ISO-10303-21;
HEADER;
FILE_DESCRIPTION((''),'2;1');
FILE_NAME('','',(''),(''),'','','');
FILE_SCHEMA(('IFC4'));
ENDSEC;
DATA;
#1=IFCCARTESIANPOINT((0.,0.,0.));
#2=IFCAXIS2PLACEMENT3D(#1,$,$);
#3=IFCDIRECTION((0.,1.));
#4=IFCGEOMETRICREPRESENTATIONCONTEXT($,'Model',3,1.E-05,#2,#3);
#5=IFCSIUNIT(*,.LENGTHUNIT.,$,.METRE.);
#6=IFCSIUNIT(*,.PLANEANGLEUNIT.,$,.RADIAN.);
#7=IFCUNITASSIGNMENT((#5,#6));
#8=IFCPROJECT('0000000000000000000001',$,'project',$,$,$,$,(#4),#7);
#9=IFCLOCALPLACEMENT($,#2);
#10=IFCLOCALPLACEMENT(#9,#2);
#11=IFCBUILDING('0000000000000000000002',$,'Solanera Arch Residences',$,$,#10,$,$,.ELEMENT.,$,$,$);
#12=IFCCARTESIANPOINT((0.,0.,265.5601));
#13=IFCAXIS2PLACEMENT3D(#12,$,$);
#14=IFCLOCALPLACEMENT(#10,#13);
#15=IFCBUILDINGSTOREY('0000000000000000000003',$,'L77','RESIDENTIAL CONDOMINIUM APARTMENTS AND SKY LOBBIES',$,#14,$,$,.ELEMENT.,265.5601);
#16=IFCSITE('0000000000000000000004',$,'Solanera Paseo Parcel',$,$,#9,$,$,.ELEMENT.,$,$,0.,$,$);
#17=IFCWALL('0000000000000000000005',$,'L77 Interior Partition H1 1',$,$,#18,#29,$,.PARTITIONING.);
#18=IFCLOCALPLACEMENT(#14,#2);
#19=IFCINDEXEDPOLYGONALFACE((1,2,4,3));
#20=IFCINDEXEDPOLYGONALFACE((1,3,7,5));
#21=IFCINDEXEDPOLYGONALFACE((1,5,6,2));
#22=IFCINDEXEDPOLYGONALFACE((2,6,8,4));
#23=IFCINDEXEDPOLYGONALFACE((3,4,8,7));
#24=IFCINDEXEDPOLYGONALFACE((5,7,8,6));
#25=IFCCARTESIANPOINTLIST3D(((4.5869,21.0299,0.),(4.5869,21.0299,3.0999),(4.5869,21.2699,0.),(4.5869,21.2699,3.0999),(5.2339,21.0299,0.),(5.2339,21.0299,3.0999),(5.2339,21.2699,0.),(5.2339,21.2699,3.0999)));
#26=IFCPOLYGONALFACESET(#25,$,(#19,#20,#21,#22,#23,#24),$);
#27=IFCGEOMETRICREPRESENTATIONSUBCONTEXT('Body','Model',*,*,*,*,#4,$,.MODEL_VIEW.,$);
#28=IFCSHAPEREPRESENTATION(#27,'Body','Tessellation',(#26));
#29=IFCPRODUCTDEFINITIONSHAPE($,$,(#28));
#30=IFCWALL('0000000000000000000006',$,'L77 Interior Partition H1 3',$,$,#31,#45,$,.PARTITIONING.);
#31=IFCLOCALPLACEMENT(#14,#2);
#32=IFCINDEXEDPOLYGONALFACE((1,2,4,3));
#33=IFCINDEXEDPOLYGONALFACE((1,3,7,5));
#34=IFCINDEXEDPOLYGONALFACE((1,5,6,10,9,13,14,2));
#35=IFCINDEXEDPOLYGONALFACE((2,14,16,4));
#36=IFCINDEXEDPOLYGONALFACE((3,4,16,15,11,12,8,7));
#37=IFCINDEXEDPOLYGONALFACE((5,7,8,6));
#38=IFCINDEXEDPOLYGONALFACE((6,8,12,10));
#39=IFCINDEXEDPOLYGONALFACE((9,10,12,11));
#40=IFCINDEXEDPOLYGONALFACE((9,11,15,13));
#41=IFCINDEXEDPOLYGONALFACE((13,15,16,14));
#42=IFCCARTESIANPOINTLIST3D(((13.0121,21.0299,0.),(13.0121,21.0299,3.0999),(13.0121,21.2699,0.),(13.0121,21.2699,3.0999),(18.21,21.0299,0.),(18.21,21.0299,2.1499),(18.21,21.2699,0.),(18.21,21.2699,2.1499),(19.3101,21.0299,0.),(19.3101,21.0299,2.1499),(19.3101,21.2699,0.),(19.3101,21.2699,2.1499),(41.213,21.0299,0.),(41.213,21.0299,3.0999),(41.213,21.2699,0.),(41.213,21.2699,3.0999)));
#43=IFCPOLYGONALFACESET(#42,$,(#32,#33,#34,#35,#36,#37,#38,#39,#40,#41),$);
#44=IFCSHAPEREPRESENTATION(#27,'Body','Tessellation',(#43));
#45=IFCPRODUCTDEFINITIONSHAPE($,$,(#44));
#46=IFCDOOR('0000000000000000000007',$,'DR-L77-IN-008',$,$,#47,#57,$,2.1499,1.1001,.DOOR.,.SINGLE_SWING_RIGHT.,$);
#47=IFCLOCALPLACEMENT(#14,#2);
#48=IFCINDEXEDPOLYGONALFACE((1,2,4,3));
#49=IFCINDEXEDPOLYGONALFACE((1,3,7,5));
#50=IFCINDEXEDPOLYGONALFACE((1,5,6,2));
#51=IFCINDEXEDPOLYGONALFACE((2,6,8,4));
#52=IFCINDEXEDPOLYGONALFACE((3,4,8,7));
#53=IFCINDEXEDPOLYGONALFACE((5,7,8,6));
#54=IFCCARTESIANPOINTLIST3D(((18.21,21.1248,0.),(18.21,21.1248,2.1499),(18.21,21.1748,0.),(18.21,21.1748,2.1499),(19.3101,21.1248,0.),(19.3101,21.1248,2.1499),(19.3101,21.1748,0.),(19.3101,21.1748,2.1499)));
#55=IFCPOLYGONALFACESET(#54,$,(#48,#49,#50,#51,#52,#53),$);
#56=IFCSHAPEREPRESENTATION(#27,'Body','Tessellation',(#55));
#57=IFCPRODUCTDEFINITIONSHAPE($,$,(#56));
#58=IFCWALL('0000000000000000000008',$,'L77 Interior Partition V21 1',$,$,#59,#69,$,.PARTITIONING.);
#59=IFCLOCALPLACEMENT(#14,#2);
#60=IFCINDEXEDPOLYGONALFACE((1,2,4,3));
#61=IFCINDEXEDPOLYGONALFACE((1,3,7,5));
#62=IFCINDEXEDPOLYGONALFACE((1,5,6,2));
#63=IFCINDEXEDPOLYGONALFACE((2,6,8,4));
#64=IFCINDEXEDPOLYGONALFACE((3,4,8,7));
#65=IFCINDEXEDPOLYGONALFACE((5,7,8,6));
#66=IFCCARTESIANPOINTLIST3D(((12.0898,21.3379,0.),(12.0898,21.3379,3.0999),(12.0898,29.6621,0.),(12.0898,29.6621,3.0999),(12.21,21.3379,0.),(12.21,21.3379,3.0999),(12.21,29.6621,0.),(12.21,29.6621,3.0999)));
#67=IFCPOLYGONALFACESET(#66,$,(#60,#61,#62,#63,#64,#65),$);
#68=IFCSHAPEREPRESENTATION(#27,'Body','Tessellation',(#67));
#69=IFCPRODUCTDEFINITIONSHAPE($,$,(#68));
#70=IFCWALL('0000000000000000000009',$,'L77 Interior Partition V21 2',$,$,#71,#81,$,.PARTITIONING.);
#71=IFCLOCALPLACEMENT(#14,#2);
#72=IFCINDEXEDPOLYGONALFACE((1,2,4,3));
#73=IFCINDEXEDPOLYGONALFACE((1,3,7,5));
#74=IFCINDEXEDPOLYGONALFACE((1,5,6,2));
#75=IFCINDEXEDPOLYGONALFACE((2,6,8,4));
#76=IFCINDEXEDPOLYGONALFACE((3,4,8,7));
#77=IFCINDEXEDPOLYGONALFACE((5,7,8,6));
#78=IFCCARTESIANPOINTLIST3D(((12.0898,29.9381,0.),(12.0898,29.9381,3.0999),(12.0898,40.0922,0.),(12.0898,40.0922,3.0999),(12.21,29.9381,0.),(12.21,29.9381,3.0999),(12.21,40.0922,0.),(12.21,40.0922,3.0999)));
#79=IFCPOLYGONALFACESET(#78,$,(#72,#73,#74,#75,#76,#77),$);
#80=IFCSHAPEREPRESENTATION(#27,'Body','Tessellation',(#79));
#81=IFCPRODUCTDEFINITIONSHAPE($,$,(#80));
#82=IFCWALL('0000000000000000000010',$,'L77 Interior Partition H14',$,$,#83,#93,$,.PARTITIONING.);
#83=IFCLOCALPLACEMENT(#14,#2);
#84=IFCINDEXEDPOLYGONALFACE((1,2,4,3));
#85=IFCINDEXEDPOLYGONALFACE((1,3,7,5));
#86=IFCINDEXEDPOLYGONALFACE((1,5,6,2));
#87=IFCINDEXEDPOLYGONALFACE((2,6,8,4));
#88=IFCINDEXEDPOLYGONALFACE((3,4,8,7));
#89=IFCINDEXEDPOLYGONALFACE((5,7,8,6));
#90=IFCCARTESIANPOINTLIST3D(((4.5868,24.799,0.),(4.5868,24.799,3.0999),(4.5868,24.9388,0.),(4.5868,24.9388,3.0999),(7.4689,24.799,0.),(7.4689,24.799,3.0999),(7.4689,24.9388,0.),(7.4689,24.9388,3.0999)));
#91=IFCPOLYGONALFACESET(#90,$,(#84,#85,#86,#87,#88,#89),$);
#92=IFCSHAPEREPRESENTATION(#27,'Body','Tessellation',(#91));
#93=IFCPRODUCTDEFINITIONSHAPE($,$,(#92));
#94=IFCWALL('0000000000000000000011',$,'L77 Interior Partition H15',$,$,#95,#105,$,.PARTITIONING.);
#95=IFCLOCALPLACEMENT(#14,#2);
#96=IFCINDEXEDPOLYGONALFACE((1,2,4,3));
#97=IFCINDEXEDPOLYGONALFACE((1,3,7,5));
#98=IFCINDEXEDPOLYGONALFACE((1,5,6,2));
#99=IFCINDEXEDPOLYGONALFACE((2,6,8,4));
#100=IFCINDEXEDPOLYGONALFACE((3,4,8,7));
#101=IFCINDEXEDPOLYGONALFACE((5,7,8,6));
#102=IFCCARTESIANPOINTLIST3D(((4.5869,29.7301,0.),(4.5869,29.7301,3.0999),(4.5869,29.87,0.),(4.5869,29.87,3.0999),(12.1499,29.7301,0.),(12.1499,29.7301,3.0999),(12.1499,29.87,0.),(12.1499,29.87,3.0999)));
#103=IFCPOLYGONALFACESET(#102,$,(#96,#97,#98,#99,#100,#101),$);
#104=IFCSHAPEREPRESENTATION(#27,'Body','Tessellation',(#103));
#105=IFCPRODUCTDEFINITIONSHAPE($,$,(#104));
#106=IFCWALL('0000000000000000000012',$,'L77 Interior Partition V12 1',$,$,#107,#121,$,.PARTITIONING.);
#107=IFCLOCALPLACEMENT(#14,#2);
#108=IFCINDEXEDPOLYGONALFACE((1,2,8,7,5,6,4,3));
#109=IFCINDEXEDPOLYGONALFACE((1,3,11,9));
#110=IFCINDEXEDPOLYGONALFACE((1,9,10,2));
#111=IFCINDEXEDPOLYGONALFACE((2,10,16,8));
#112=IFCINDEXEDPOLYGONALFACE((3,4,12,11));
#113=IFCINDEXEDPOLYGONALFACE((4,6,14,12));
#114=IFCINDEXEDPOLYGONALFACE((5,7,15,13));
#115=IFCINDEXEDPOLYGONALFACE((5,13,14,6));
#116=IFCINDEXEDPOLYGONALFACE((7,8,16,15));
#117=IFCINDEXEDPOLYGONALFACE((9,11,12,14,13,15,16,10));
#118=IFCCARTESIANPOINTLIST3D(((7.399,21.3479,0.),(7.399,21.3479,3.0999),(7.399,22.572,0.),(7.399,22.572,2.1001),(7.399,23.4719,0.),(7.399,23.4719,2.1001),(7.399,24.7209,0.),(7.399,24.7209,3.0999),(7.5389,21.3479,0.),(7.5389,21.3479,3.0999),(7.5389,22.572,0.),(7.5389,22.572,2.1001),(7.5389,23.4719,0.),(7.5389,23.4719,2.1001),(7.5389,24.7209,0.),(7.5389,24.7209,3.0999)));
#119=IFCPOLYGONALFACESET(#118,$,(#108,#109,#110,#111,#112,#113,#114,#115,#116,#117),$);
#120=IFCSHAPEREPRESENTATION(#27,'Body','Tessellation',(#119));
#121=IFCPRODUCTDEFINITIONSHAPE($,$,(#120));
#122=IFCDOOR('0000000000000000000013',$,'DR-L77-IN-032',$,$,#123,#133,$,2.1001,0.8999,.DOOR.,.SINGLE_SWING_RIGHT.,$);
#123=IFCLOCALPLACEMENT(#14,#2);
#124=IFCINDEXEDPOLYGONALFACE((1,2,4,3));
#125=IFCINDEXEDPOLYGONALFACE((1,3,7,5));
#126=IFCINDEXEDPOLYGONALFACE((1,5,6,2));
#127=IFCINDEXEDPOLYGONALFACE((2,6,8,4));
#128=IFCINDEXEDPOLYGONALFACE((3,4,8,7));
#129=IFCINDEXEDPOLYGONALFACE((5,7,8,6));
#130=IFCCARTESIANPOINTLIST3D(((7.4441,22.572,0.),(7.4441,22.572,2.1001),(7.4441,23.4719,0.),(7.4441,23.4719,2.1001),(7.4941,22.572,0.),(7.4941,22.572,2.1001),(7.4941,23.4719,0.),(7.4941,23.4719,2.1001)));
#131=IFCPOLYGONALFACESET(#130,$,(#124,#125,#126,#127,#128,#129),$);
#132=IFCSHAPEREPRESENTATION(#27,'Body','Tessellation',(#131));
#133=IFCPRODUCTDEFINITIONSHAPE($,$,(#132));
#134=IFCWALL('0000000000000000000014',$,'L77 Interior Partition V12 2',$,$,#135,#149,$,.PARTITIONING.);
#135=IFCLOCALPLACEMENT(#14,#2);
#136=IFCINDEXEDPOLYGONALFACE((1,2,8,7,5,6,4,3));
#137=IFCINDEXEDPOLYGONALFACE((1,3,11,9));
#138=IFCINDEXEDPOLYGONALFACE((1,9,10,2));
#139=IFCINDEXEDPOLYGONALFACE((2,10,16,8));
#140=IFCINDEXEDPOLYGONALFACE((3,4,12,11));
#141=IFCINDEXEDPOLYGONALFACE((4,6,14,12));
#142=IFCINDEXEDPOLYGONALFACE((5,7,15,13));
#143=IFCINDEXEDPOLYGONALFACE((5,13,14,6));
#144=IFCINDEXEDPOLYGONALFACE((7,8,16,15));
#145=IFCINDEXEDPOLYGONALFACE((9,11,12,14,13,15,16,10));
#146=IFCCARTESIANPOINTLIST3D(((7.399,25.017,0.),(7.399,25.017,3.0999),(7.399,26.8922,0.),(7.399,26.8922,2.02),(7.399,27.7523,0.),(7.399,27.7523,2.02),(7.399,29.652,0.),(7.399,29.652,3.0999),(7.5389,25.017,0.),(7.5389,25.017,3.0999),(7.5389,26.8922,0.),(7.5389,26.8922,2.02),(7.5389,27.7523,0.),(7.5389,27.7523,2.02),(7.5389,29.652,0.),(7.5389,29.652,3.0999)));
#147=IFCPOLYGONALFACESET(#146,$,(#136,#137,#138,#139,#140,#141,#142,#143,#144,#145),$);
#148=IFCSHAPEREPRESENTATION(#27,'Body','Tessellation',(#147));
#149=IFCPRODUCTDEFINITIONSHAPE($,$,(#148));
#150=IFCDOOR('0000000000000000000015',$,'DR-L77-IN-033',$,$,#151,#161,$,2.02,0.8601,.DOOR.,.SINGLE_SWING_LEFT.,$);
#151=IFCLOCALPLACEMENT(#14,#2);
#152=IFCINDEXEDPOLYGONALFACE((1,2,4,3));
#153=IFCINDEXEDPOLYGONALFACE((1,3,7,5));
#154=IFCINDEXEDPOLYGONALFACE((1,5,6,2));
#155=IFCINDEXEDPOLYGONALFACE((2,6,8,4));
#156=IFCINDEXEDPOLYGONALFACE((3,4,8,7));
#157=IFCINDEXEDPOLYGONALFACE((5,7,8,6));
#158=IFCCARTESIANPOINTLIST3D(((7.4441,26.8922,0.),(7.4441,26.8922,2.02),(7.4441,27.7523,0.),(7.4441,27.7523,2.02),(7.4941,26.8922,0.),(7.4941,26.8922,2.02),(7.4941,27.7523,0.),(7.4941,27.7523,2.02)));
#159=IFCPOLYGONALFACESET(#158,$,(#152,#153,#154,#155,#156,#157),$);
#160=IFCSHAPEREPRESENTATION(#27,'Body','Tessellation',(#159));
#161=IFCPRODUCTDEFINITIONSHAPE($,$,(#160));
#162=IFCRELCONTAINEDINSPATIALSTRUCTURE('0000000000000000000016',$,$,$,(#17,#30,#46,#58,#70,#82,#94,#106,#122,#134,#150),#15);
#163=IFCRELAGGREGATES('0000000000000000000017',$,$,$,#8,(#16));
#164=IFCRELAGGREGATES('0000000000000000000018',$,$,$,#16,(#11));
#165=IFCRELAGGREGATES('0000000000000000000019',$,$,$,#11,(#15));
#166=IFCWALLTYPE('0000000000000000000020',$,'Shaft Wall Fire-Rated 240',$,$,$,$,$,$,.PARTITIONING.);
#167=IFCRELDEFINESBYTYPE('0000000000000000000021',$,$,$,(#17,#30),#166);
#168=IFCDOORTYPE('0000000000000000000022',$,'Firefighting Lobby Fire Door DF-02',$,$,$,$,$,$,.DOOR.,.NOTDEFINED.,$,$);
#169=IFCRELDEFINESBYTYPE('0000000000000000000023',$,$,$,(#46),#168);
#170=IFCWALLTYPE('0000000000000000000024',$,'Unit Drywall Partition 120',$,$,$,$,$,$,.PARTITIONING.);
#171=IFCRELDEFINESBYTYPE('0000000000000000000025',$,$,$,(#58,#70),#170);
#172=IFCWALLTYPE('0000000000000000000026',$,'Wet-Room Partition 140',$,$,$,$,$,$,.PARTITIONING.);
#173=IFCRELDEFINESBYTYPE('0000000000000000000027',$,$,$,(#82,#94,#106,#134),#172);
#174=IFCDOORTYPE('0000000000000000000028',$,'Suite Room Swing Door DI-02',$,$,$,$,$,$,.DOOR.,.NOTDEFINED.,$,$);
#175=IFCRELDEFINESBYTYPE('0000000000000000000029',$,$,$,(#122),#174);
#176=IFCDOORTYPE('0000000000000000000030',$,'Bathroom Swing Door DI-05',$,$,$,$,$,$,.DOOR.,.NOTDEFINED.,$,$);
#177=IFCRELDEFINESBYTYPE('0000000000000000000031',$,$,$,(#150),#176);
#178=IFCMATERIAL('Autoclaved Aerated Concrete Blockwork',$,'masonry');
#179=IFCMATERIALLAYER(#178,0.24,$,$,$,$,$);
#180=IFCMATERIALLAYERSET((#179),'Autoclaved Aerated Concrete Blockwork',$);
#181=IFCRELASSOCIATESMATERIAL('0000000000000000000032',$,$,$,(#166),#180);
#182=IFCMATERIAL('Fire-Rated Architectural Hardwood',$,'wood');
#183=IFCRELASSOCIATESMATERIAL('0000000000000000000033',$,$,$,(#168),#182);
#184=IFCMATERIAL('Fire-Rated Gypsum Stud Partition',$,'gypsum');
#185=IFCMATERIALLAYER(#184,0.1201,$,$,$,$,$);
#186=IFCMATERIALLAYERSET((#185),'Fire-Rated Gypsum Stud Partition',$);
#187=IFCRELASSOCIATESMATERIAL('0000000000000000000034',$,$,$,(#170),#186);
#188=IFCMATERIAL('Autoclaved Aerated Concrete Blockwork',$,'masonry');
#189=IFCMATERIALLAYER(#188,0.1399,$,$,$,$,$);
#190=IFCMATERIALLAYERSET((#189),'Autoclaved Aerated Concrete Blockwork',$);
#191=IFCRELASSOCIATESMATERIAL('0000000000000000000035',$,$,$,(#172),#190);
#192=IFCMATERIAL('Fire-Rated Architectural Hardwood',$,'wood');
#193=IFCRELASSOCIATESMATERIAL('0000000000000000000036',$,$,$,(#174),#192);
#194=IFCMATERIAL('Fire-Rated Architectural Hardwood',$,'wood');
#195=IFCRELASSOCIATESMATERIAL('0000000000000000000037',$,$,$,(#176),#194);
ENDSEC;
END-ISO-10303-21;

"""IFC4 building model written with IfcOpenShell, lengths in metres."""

from ifc_helpers import new_model, si_unit, direction, frame, frame_2d, origin, place, context, subcontext, project, spatial, rectangle, extrude, material, layer, layer_set, type_object, element, fill, save


model = new_model("IFC4")

# Units and contexts
model_context = context("Model", 3, precision=1e-05, world=origin(), true_north=direction((0.0, 1.0)))
body_context = subcontext(model_context, "Body", "Model", "MODEL_VIEW")
ifc_project = project(units=[si_unit("LENGTHUNIT", "METRE"), si_unit("PLANEANGLEUNIT", "RADIAN")], contexts=[model_context])

# Site, building, storey
site_placement = place(None, origin())
site = spatial("IfcSite", under=ifc_project, at=site_placement, Name="Solanera Paseo Parcel", CompositionType="ELEMENT", RefElevation=0.0)
building_placement = place(site_placement, origin())
building = spatial("IfcBuilding", under=site, at=building_placement, Name="Solanera Arch Residences", CompositionType="ELEMENT")
storey_placement = place(building_placement, frame((0.0, 0.0, 265.5601)))
storey = spatial("IfcBuildingStorey", under=building, at=storey_placement, Name="L77", Description="RESIDENTIAL CONDOMINIUM APARTMENTS AND SKY LOBBIES", CompositionType="ELEMENT", Elevation=265.5601)

# Wall
ifc_material_1 = material(Name="Autoclaved Aerated Concrete Blockwork", Category="masonry")
ifc_layer_1 = layer(ifc_material_1, 0.24)
ifc_layer_set_1 = layer_set([ifc_layer_1], Name="Autoclaved Aerated Concrete Blockwork")
wall_type_1 = type_object("IfcWallType", Name="Shaft Wall Fire-Rated 240", PredefinedType="PARTITIONING", material=ifc_layer_set_1)
wall_1_placement = place(storey_placement, frame((4.5869, 21.1499, 0.0), z_axis=(0.0, 0.0, 1.0), x_axis=(1.0, 0.0, 0.0)))
element("IfcWall", 1, at=wall_1_placement, inside=storey, type_object=wall_type_1, Name="L77 Interior Partition H1 1", PredefinedType="PARTITIONING", context=body_context, shape_type="SweptSolid", body=[
    extrude(rectangle(XDim=0.647, YDim=0.24, at=frame_2d((0.3235, 0.0))), origin(), (0.0, 0.0, 1.0), 3.0999),
])

# Wall, opening, door
wall_2_placement = place(storey_placement, frame((13.012, 21.1499, 0.0), z_axis=(0.0, 0.0, 1.0), x_axis=(1.0, 0.0, 0.0)))
wall_2 = element("IfcWall", 2, at=wall_2_placement, inside=storey, type_object=wall_type_1, Name="L77 Interior Partition H1 3", PredefinedType="PARTITIONING", context=body_context, shape_type="SweptSolid", body=[
    extrude(rectangle(XDim=28.2009, YDim=0.24, at=frame_2d((14.1006, 0.0))), origin(), (0.0, 0.0, 1.0), 3.0999),
])
opening_1_placement = place(wall_2_placement, frame((5.198, 0.0, 0.0)))
opening_1 = element("IfcOpeningElement", 3, at=opening_1_placement, cuts=wall_2, PredefinedType="OPENING", context=body_context, shape_type="SweptSolid", body=[
    extrude(rectangle(XDim=1.1001, YDim=2.1499, at=frame_2d((0.55, 1.075))), frame((0.0, 0.1299, 0.0), z_axis=(0.0, -1.0, 0.0), x_axis=(1.0, 0.0, 0.0)), (0.0, 0.0, 1.0), 0.26),
])
ifc_material_2 = material(Name="Fire-Rated Architectural Hardwood", Category="wood")
door_type_1 = type_object("IfcDoorType", Name="Firefighting Lobby Fire Door DF-02", OperationType="NOTDEFINED", PredefinedType="DOOR", material=ifc_material_2)
door_1_placement = place(opening_1_placement, origin())
door_1 = element("IfcDoor", 4, at=door_1_placement, inside=storey, type_object=door_type_1, Name="DR-L77-IN-008", OperationType="SINGLE_SWING_RIGHT", OverallHeight=2.1499, OverallWidth=1.1001, PredefinedType="DOOR", context=body_context, shape_type="SweptSolid", body=[
    extrude(rectangle(XDim=1.1001, YDim=2.1499, at=frame_2d((0.55, 1.075))), frame((0.0, 0.0249, 0.0), z_axis=(0.0, -1.0, 0.0), x_axis=(1.0, 0.0, 0.0)), (0.0, 0.0, 1.0), 0.05),
])
fill(opening_1, door_1)

# Walls
ifc_material_3 = material(Name="Fire-Rated Gypsum Stud Partition", Category="gypsum")
ifc_layer_2 = layer(ifc_material_3, 0.1201)
ifc_layer_set_2 = layer_set([ifc_layer_2], Name="Fire-Rated Gypsum Stud Partition")
wall_type_2 = type_object("IfcWallType", Name="Unit Drywall Partition 120", PredefinedType="PARTITIONING", material=ifc_layer_set_2)
wall_3_placement = place(storey_placement, frame((12.1499, 21.3379, 0.0), z_axis=(0.0, 0.0, 1.0), x_axis=(0.0, 1.0, 0.0)))
element("IfcWall", 5, at=wall_3_placement, inside=storey, type_object=wall_type_2, Name="L77 Interior Partition V21 1", PredefinedType="PARTITIONING", context=body_context, shape_type="SweptSolid", body=[
    extrude(rectangle(XDim=8.3242, YDim=0.1201, at=frame_2d((4.1621, 0.0))), origin(), (0.0, 0.0, 1.0), 3.0999),
])
wall_4_placement = place(storey_placement, frame((12.1499, 29.938, 0.0), z_axis=(0.0, 0.0, 1.0), x_axis=(0.0, 1.0, 0.0)))
element("IfcWall", 6, at=wall_4_placement, inside=storey, type_object=wall_type_2, Name="L77 Interior Partition V21 2", PredefinedType="PARTITIONING", context=body_context, shape_type="SweptSolid", body=[
    extrude(rectangle(XDim=10.1541, YDim=0.1201, at=frame_2d((5.0771, 0.0))), origin(), (0.0, 0.0, 1.0), 3.0999),
])
ifc_material_4 = material(Name="Autoclaved Aerated Concrete Blockwork", Category="masonry")
ifc_layer_3 = layer(ifc_material_4, 0.1399)
ifc_layer_set_3 = layer_set([ifc_layer_3], Name="Autoclaved Aerated Concrete Blockwork")
wall_type_3 = type_object("IfcWallType", Name="Wet-Room Partition 140", PredefinedType="PARTITIONING", material=ifc_layer_set_3)
wall_5_placement = place(storey_placement, frame((4.5869, 24.8689, 0.0), z_axis=(0.0, 0.0, 1.0), x_axis=(1.0, 0.0, 0.0)))
element("IfcWall", 7, at=wall_5_placement, inside=storey, type_object=wall_type_3, Name="L77 Interior Partition H14", PredefinedType="PARTITIONING", context=body_context, shape_type="SweptSolid", body=[
    extrude(rectangle(XDim=2.8821, YDim=0.1399, at=frame_2d((1.4409, 0.0))), origin(), (0.0, 0.0, 1.0), 3.0999),
])
wall_6_placement = place(storey_placement, frame((4.5869, 29.8, 0.0), z_axis=(0.0, 0.0, 1.0), x_axis=(1.0, 0.0, 0.0)))
element("IfcWall", 8, at=wall_6_placement, inside=storey, type_object=wall_type_3, Name="L77 Interior Partition H15", PredefinedType="PARTITIONING", context=body_context, shape_type="SweptSolid", body=[
    extrude(rectangle(XDim=7.563, YDim=0.1399, at=frame_2d((3.7815, 0.0))), origin(), (0.0, 0.0, 1.0), 3.0999),
])

# Walls, openings, doors
wall_7_placement = place(storey_placement, frame((7.469, 21.3479, 0.0), z_axis=(0.0, 0.0, 1.0), x_axis=(0.0, 1.0, 0.0)))
wall_7 = element("IfcWall", 9, at=wall_7_placement, inside=storey, type_object=wall_type_3, Name="L77 Interior Partition V12 1", PredefinedType="PARTITIONING", context=body_context, shape_type="SweptSolid", body=[
    extrude(rectangle(XDim=3.373, YDim=0.1399, at=frame_2d((1.6865, 0.0))), origin(), (0.0, 0.0, 1.0), 3.0999),
])
opening_2_placement = place(wall_7_placement, frame((1.2241, 0.0, 0.0)))
opening_2 = element("IfcOpeningElement", 10, at=opening_2_placement, cuts=wall_7, PredefinedType="OPENING", context=body_context, shape_type="SweptSolid", body=[
    extrude(rectangle(XDim=0.8999, YDim=2.1001, at=frame_2d((0.45, 1.05))), frame((0.0, 0.0798, 0.0), z_axis=(0.0, -1.0, 0.0), x_axis=(1.0, 0.0, 0.0)), (0.0, 0.0, 1.0), 0.1599),
])
ifc_material_5 = material(Name="Fire-Rated Architectural Hardwood", Category="wood")
door_type_2 = type_object("IfcDoorType", Name="Suite Room Swing Door DI-02", OperationType="NOTDEFINED", PredefinedType="DOOR", material=ifc_material_5)
door_2_placement = place(opening_2_placement, origin())
door_2 = element("IfcDoor", 11, at=door_2_placement, inside=storey, type_object=door_type_2, Name="DR-L77-IN-032", OperationType="SINGLE_SWING_RIGHT", OverallHeight=2.1001, OverallWidth=0.8999, PredefinedType="DOOR", context=body_context, shape_type="SweptSolid", body=[
    extrude(rectangle(XDim=0.8999, YDim=2.1001, at=frame_2d((0.45, 1.05))), frame((0.0, 0.0249, 0.0), z_axis=(0.0, -1.0, 0.0), x_axis=(1.0, 0.0, 0.0)), (0.0, 0.0, 1.0), 0.05),
])
fill(opening_2, door_2)
wall_8_placement = place(storey_placement, frame((7.469, 25.0171, 0.0), z_axis=(0.0, 0.0, 1.0), x_axis=(0.0, 1.0, 0.0)))
wall_8 = element("IfcWall", 12, at=wall_8_placement, inside=storey, type_object=wall_type_3, Name="L77 Interior Partition V12 2", PredefinedType="PARTITIONING", context=body_context, shape_type="SweptSolid", body=[
    extrude(rectangle(XDim=4.635, YDim=0.1399, at=frame_2d((2.3174, 0.0))), origin(), (0.0, 0.0, 1.0), 3.0999),
])
opening_3_placement = place(wall_8_placement, frame((1.875, 0.0, 0.0)))
opening_3 = element("IfcOpeningElement", 13, at=opening_3_placement, cuts=wall_8, PredefinedType="OPENING", context=body_context, shape_type="SweptSolid", body=[
    extrude(rectangle(XDim=0.8601, YDim=2.02, at=frame_2d((0.4302, 1.01))), frame((0.0, 0.0798, 0.0), z_axis=(0.0, -1.0, 0.0), x_axis=(1.0, 0.0, 0.0)), (0.0, 0.0, 1.0), 0.1599),
])
ifc_material_6 = material(Name="Fire-Rated Architectural Hardwood", Category="wood")
door_type_3 = type_object("IfcDoorType", Name="Bathroom Swing Door DI-05", OperationType="NOTDEFINED", PredefinedType="DOOR", material=ifc_material_6)
door_3_placement = place(opening_3_placement, origin())
door_3 = element("IfcDoor", 14, at=door_3_placement, inside=storey, type_object=door_type_3, Name="DR-L77-IN-033", OperationType="SINGLE_SWING_LEFT", OverallHeight=2.02, OverallWidth=0.8601, PredefinedType="DOOR", context=body_context, shape_type="SweptSolid", body=[
    extrude(rectangle(XDim=0.8601, YDim=2.02, at=frame_2d((0.4302, 1.01))), frame((0.0, 0.0249, 0.0), z_axis=(0.0, -1.0, 0.0), x_axis=(1.0, 0.0, 0.0)), (0.0, 0.0, 1.0), 0.05),
])
fill(opening_3, door_3)

save(model, "model.ifc")
